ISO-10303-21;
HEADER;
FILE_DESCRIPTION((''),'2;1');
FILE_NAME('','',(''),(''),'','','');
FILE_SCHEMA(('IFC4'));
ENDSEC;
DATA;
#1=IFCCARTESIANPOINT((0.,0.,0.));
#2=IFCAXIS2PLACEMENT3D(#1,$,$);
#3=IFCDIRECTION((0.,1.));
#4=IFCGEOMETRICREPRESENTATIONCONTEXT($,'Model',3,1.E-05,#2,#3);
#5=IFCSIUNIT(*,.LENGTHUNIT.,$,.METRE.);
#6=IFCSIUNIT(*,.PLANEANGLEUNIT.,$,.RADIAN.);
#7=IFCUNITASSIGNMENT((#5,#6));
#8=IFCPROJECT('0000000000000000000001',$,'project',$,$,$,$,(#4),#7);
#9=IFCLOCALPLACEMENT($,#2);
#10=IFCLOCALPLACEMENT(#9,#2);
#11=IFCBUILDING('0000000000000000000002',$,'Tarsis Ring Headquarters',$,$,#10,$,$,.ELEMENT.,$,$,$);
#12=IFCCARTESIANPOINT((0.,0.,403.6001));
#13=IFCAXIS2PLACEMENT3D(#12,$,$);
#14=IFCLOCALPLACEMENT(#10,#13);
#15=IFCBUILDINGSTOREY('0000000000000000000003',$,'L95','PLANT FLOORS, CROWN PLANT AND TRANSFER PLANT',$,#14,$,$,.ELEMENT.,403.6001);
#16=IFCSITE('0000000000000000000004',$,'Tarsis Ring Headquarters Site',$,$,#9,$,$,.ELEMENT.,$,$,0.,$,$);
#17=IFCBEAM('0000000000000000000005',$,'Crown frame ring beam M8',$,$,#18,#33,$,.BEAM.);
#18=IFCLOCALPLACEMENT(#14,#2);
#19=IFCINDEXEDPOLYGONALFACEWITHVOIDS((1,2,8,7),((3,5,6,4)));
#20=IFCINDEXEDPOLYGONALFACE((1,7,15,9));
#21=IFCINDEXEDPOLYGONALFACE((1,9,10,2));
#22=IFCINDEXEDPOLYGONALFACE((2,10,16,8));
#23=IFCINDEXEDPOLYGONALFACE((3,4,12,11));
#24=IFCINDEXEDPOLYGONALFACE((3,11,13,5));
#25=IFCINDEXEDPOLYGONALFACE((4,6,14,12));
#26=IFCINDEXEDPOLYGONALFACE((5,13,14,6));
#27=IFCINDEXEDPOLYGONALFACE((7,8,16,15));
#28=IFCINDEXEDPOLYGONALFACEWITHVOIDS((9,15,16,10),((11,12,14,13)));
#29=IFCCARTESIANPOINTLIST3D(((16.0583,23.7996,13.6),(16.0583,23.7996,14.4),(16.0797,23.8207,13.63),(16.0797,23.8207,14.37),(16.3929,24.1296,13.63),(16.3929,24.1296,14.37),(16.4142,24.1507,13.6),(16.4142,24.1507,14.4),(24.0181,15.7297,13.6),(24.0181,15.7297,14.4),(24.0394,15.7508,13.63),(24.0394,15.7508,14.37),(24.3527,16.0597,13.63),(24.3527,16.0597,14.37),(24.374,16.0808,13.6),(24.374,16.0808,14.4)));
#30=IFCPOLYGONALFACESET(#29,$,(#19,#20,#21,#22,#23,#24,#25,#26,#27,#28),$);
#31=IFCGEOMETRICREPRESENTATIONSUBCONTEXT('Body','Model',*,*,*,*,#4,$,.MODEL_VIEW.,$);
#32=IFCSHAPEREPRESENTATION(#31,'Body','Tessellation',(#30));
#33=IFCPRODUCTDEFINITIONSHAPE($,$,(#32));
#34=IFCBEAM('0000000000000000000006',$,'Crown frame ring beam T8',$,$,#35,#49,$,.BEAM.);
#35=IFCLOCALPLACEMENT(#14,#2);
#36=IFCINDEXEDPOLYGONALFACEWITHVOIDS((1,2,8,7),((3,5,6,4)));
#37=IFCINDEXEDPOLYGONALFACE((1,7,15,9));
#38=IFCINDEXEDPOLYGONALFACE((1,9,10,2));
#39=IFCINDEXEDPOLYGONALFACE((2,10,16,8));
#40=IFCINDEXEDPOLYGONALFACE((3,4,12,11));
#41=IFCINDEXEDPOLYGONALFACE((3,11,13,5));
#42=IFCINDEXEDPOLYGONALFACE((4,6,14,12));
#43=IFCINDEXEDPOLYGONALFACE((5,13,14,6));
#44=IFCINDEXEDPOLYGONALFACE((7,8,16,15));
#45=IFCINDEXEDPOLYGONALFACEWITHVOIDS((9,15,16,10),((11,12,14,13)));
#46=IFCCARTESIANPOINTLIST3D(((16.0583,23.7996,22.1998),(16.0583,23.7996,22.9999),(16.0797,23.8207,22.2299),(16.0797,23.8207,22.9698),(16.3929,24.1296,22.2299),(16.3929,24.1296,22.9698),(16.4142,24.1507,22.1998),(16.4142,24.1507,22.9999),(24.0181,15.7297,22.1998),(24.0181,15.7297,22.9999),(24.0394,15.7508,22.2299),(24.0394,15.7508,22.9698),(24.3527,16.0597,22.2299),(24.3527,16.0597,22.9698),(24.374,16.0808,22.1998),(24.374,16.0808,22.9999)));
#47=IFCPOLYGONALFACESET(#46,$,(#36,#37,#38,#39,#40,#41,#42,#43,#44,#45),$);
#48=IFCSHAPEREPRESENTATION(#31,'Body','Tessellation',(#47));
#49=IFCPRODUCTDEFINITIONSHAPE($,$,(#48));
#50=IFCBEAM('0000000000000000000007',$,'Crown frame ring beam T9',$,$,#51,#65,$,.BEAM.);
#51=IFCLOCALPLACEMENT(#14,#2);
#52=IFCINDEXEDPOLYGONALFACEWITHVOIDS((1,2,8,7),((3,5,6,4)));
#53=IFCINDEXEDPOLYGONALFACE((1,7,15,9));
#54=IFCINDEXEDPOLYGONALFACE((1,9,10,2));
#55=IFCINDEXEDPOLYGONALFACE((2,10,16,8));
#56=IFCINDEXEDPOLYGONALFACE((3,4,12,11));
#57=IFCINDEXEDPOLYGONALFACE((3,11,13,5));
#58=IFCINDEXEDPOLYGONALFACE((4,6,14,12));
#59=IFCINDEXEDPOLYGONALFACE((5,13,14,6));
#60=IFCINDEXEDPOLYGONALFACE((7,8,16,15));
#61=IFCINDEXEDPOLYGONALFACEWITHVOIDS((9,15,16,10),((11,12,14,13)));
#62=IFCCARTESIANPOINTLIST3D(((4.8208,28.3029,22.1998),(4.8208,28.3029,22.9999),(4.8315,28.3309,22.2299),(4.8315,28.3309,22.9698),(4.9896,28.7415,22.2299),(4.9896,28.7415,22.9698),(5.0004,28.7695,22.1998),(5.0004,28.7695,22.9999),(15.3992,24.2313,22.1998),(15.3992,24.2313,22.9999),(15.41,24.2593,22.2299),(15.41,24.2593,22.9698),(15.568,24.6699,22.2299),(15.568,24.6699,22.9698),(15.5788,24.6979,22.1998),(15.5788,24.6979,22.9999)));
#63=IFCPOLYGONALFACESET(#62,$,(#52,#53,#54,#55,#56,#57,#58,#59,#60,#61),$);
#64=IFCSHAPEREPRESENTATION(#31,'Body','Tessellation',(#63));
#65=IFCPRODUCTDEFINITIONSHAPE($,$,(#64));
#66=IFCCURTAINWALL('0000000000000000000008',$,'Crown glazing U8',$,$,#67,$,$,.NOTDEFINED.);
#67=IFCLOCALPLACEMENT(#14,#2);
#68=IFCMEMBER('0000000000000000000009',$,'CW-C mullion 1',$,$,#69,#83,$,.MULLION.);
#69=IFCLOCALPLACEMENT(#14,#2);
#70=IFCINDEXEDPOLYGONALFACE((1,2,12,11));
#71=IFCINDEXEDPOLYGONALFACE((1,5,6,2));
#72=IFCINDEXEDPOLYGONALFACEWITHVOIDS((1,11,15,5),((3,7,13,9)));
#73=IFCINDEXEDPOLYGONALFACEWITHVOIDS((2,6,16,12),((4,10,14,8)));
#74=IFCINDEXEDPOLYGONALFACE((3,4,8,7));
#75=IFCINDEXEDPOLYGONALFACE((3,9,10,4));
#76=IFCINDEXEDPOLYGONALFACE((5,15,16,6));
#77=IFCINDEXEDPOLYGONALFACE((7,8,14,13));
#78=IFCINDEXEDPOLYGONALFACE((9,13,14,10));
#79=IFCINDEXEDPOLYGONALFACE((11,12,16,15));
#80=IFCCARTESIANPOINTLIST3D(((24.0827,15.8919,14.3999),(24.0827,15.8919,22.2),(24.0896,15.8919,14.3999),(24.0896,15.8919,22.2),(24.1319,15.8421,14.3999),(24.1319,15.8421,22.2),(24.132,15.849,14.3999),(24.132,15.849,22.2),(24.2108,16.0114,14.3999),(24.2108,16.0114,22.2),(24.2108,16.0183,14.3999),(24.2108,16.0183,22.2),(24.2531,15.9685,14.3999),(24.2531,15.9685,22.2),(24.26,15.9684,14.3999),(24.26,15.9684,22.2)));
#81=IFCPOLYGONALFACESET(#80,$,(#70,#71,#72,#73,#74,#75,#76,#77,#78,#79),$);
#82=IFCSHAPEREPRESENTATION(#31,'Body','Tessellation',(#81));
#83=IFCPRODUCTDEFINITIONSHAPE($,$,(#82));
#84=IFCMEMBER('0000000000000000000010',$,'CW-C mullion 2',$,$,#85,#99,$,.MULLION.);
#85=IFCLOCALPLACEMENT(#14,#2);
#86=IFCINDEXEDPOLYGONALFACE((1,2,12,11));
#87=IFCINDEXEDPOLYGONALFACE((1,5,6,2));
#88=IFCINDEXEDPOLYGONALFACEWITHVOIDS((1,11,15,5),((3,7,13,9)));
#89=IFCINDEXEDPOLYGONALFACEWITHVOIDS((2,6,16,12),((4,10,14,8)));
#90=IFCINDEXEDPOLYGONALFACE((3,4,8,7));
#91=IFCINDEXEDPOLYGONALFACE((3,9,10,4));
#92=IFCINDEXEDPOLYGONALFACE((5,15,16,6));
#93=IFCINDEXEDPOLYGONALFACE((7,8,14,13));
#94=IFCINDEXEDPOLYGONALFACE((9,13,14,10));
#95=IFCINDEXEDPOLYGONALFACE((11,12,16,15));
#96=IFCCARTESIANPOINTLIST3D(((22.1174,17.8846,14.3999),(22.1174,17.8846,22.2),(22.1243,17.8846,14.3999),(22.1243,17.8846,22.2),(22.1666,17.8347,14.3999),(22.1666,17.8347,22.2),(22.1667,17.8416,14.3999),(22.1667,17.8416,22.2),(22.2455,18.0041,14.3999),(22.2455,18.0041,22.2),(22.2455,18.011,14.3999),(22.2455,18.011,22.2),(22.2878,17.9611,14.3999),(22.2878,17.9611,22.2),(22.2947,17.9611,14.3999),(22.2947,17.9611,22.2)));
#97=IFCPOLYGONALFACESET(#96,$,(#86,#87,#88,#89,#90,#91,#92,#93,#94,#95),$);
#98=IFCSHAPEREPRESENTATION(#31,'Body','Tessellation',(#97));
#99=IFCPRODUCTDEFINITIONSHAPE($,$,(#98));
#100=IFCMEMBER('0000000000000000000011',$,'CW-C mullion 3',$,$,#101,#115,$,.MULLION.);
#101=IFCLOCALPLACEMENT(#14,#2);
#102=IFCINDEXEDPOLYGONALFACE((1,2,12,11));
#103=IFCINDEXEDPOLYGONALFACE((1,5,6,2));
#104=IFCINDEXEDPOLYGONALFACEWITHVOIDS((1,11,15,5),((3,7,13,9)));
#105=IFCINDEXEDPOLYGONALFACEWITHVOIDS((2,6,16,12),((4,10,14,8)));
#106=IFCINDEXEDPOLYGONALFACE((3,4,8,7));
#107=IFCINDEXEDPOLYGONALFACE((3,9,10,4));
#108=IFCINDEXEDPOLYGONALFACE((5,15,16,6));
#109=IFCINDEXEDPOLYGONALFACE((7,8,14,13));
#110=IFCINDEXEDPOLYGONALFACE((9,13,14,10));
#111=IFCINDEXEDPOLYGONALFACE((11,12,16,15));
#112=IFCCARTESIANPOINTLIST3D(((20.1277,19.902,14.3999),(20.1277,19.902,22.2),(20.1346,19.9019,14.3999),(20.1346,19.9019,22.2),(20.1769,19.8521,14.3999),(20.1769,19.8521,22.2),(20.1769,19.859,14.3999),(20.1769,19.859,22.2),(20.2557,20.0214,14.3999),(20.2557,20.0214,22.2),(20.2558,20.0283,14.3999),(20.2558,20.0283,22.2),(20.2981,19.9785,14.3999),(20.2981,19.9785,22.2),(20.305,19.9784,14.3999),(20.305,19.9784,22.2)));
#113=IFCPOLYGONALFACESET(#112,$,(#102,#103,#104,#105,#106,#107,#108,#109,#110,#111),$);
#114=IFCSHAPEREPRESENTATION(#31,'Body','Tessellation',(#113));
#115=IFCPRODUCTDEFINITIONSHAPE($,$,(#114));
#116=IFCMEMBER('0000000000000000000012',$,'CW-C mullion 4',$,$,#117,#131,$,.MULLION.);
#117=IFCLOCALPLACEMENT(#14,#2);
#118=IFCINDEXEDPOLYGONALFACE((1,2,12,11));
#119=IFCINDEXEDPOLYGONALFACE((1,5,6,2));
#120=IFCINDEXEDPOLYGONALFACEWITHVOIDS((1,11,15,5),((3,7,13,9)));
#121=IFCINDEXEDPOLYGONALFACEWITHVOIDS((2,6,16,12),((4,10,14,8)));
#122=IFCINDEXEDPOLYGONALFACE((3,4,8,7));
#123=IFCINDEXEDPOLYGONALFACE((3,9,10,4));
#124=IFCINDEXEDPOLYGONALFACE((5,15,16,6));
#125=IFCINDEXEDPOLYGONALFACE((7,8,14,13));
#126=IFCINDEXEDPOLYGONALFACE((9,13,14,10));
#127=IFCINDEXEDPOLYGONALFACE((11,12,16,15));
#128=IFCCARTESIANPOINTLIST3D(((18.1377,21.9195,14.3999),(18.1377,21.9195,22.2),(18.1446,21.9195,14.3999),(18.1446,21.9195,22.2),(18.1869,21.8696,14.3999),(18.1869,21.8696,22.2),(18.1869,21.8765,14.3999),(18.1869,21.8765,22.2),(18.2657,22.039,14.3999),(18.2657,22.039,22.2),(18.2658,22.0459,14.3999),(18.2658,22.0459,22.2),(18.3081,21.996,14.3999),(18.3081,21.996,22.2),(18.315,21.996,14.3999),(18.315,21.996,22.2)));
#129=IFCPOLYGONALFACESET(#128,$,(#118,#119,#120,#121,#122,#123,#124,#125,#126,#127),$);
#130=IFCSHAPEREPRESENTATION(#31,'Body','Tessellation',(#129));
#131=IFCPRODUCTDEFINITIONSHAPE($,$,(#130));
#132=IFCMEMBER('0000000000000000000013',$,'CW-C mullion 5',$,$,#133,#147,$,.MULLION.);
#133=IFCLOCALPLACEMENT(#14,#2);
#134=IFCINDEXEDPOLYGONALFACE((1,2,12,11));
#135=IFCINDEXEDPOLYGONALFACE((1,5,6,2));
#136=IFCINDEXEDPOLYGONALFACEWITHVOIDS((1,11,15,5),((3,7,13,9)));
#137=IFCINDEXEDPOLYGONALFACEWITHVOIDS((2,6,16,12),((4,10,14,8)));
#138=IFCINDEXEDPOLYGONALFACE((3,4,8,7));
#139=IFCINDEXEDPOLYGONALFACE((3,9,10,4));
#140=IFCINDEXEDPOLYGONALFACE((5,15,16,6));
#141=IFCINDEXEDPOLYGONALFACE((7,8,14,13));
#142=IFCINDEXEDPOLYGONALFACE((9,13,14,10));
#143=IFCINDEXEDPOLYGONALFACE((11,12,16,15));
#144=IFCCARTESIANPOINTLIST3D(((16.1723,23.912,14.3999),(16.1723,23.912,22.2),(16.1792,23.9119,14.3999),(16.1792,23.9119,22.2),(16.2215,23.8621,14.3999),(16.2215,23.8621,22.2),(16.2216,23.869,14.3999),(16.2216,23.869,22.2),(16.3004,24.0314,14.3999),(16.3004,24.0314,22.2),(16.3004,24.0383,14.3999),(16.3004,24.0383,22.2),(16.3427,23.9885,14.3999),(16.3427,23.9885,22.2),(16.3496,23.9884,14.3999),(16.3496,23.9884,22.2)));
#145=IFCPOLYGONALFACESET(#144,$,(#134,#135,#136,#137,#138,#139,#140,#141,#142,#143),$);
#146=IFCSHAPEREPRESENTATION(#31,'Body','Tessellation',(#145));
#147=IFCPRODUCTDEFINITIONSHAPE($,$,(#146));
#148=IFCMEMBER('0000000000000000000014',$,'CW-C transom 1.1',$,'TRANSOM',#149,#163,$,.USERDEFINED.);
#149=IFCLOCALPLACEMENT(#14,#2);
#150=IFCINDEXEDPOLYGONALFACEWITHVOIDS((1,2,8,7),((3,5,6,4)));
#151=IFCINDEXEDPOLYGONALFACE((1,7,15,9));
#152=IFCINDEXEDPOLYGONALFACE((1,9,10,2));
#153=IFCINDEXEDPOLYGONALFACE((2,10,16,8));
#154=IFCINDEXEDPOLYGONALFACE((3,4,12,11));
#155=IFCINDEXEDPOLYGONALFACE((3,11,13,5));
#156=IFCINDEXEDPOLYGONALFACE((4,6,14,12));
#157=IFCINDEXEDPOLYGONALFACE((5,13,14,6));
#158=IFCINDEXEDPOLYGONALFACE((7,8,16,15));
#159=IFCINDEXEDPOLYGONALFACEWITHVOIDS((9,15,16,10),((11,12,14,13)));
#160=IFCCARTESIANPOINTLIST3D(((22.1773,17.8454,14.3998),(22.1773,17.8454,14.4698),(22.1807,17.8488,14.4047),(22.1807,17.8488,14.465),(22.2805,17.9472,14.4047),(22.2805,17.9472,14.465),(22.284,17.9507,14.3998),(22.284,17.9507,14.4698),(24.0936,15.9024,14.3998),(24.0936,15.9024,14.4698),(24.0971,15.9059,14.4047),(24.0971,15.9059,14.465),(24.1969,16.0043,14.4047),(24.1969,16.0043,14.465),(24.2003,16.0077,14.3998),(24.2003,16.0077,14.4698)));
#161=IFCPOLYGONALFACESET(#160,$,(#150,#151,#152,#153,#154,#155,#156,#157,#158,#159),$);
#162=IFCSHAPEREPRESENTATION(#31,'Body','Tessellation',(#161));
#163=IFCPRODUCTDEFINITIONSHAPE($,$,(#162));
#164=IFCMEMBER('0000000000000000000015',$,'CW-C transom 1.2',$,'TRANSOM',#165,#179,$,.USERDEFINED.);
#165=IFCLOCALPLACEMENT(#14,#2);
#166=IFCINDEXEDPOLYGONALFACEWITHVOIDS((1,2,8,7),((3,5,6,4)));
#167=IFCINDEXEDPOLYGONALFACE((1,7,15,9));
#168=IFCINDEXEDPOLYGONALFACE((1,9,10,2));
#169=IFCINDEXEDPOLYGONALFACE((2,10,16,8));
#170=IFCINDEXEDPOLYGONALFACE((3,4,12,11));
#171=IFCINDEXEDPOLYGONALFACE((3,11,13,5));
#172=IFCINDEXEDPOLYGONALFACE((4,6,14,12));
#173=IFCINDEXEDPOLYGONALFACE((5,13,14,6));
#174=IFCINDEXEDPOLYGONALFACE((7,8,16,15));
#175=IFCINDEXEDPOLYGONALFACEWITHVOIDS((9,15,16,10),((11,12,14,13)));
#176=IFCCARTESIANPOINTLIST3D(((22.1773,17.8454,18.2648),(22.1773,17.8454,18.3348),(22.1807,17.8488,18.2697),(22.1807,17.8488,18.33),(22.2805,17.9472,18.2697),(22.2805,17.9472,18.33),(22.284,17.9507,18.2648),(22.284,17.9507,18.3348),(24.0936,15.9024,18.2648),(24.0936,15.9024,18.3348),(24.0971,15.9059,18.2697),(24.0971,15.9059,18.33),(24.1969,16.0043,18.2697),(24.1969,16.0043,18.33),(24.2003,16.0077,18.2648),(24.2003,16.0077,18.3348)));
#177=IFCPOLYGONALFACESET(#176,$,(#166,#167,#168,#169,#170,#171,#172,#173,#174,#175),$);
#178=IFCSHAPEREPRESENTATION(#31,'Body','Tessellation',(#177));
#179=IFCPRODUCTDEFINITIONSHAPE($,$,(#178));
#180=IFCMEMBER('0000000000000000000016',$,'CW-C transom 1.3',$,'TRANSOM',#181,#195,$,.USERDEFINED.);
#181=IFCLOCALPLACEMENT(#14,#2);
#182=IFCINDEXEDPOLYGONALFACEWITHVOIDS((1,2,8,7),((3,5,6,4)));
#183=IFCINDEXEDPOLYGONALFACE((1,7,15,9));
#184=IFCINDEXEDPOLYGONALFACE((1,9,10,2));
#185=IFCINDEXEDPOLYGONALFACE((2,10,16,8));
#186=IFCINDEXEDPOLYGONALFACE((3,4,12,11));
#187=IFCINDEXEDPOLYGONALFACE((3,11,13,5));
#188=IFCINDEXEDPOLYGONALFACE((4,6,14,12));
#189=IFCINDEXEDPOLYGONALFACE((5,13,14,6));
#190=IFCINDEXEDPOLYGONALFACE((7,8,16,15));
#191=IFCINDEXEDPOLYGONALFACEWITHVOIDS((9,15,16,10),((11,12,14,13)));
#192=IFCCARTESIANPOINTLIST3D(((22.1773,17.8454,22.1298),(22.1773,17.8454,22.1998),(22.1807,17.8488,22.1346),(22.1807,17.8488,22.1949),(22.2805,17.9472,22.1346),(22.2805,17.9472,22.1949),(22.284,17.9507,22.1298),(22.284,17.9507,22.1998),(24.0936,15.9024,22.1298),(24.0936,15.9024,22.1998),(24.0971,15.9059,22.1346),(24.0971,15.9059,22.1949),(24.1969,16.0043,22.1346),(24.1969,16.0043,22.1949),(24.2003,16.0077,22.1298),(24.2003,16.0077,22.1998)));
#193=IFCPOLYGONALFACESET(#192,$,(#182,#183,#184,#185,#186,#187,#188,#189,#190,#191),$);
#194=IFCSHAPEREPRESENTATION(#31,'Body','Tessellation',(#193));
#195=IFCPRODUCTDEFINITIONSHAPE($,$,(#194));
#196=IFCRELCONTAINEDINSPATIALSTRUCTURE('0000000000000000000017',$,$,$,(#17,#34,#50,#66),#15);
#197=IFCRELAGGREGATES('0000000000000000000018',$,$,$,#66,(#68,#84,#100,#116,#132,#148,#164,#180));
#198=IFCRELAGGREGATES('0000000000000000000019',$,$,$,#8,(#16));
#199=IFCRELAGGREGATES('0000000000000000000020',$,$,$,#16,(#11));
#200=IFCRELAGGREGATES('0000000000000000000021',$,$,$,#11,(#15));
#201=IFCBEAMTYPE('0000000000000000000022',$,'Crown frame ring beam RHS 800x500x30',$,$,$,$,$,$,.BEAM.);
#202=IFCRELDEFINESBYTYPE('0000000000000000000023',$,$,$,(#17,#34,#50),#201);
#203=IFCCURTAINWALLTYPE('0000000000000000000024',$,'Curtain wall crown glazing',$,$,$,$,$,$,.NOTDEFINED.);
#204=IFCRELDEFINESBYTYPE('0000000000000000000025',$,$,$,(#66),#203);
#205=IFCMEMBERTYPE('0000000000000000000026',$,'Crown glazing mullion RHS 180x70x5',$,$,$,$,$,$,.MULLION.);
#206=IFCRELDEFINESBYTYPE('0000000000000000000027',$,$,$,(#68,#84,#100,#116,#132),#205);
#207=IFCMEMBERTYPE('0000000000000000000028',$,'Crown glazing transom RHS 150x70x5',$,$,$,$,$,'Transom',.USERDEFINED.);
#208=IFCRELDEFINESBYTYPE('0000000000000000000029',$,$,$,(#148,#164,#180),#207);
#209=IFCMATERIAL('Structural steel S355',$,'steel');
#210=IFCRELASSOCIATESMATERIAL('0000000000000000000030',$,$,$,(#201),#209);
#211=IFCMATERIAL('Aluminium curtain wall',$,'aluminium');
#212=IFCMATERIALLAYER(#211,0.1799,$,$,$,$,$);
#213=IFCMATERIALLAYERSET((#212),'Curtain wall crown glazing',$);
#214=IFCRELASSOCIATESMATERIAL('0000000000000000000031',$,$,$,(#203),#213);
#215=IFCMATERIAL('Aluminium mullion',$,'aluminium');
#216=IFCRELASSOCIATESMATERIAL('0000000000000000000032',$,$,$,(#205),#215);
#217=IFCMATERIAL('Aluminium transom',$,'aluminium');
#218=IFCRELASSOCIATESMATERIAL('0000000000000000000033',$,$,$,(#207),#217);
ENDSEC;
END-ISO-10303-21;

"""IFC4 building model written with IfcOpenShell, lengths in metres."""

from ifc_helpers import new_model, si_unit, direction, frame, origin, origin_2d, place, context, subcontext, project, spatial, hollow_rectangle, extrude, material, layer, layer_set, material_profile, profile_set, type_object, element, aggregate, save


model = new_model("IFC4")

# Units and contexts
model_context = context("Model", 3, precision=1e-05, world=origin(), true_north=direction((0.0, 1.0)))
body_context = subcontext(model_context, "Body", "Model", "MODEL_VIEW")
ifc_project = project(units=[si_unit("LENGTHUNIT", "METRE"), si_unit("PLANEANGLEUNIT", "RADIAN")], contexts=[model_context])

# Site, building, storey
site_placement = place(None, origin())
site = spatial("IfcSite", under=ifc_project, at=site_placement, Name="Tarsis Ring Headquarters Site", CompositionType="ELEMENT", RefElevation=0.0)
building_placement = place(site_placement, origin())
building = spatial("IfcBuilding", under=site, at=building_placement, Name="Tarsis Ring Headquarters", CompositionType="ELEMENT")
storey_placement = place(building_placement, frame((0.0, 0.0, 403.6001)))
storey = spatial("IfcBuildingStorey", under=building, at=storey_placement, Name="L95", Description="PLANT FLOORS, CROWN PLANT AND TRANSFER PLANT", CompositionType="ELEMENT", Elevation=403.6001)

# Beams
ifc_material_1 = material(Name="Structural steel S355", Category="steel")
ifc_material_profile_1 = material_profile(ifc_material_1, hollow_rectangle(XDim=0.5, YDim=0.8, WallThickness=0.03, at=origin_2d()), Name="RHS 800x500x30")
ifc_profile_set_1 = profile_set([ifc_material_profile_1], Name="Structural steel S355")
beam_type = type_object("IfcBeamType", Name="Crown frame ring beam RHS 800x500x30", PredefinedType="BEAM", material=ifc_profile_set_1)
for number, where, z_axis, x_axis, name in (
    (1, (24.196, 15.9053, 14.0), (-0.702233, 0.711947, 0.0), (-0.711947, -0.702233, 0.0), "Crown frame ring beam M8"),
    (2, (24.196, 15.9053, 22.5999), (-0.702233, 0.711947, 0.0), (-0.711947, -0.702233, 0.0), "Crown frame ring beam T8"),
    (3, (15.489, 24.4646, 22.5999), (-0.933259, 0.359204, 0.0), (-0.359204, -0.933259, 0.0), "Crown frame ring beam T9"),
):
    element("IfcBeam", number, at=place(storey_placement, frame(where, z_axis=z_axis, x_axis=x_axis)), inside=storey, type_object=beam_type, Name=name, PredefinedType="BEAM", context=body_context, shape_type="SweptSolid", body=[
        extrude(hollow_rectangle(XDim=0.5, YDim=0.8, WallThickness=0.03, at=origin_2d()), origin(), (0.0, 0.0, 1.0), 11.335),
    ])

# Curtain wall, members
ifc_material_2 = material(Name="Aluminium curtain wall", Category="aluminium")
ifc_layer_1 = layer(ifc_material_2, 0.1799)
ifc_layer_set_1 = layer_set([ifc_layer_1], Name="Curtain wall crown glazing")
curtain_wall_type = type_object("IfcCurtainWallType", Name="Curtain wall crown glazing", PredefinedType="NOTDEFINED", material=ifc_layer_set_1)
curtain_wall_placement = place(storey_placement, origin())
curtain_wall = element("IfcCurtainWall", 4, at=curtain_wall_placement, inside=storey, type_object=curtain_wall_type, Name="Crown glazing U8", PredefinedType="NOTDEFINED")
ifc_material_3 = material(Name="Aluminium mullion", Category="aluminium")
ifc_material_profile_2 = material_profile(ifc_material_3, hollow_rectangle(XDim=0.1799, YDim=0.0701, WallThickness=0.0049, at=origin_2d()), Name="RHS 180x70x5")
ifc_profile_set_2 = profile_set([ifc_material_profile_2], Name="Aluminium mullion")
member_type_1 = type_object("IfcMemberType", Name="Crown glazing mullion RHS 180x70x5", PredefinedType="MULLION", material=ifc_profile_set_2)
member_1_placement = place(storey_placement, frame((24.1714, 15.9302, 14.3999), z_axis=(0.0, 0.0, 1.0), x_axis=(-0.711949, -0.702231, 0.0)))
member_1 = element("IfcMember", 5, at=member_1_placement, type_object=member_type_1, Name="CW-C mullion 1", PredefinedType="MULLION", context=body_context, shape_type="SweptSolid", body=[
    extrude(hollow_rectangle(XDim=0.1799, YDim=0.0701, WallThickness=0.0049, at=origin_2d()), origin(), (0.0, 0.0, 1.0), 7.8),
])
member_2_placement = place(storey_placement, frame((22.2061, 17.9229, 14.3999), z_axis=(0.0, 0.0, 1.0), x_axis=(-0.711949, -0.702231, 0.0)))
member_2 = element("IfcMember", 6, at=member_2_placement, type_object=member_type_1, Name="CW-C mullion 2", PredefinedType="MULLION", context=body_context, shape_type="SweptSolid", body=[
    extrude(hollow_rectangle(XDim=0.1799, YDim=0.0701, WallThickness=0.0049, at=origin_2d()), origin(), (0.0, 0.0, 1.0), 7.8),
])
member_3_placement = place(storey_placement, frame((20.2163, 19.9402, 14.3999), z_axis=(0.0, 0.0, 1.0), x_axis=(-0.711949, -0.702231, 0.0)))
member_3 = element("IfcMember", 7, at=member_3_placement, type_object=member_type_1, Name="CW-C mullion 3", PredefinedType="MULLION", context=body_context, shape_type="SweptSolid", body=[
    extrude(hollow_rectangle(XDim=0.1799, YDim=0.0701, WallThickness=0.0049, at=origin_2d()), origin(), (0.0, 0.0, 1.0), 7.8),
])
member_4_placement = place(storey_placement, frame((18.2263, 21.9578, 14.3999), z_axis=(0.0, 0.0, 1.0), x_axis=(-0.711949, -0.702231, 0.0)))
member_4 = element("IfcMember", 8, at=member_4_placement, type_object=member_type_1, Name="CW-C mullion 4", PredefinedType="MULLION", context=body_context, shape_type="SweptSolid", body=[
    extrude(hollow_rectangle(XDim=0.1799, YDim=0.0701, WallThickness=0.0049, at=origin_2d()), origin(), (0.0, 0.0, 1.0), 7.8),
])
member_5_placement = place(storey_placement, frame((16.261, 23.9502, 14.3999), z_axis=(0.0, 0.0, 1.0), x_axis=(-0.711949, -0.702231, 0.0)))
member_5 = element("IfcMember", 9, at=member_5_placement, type_object=member_type_1, Name="CW-C mullion 5", PredefinedType="MULLION", context=body_context, shape_type="SweptSolid", body=[
    extrude(hollow_rectangle(XDim=0.1799, YDim=0.0701, WallThickness=0.0049, at=origin_2d()), origin(), (0.0, 0.0, 1.0), 7.8),
])
ifc_material_4 = material(Name="Aluminium transom", Category="aluminium")
ifc_material_profile_3 = material_profile(ifc_material_4, hollow_rectangle(XDim=0.1499, YDim=0.0701, WallThickness=0.0049, at=origin_2d()), Name="RHS 150x70x5")
ifc_profile_set_3 = profile_set([ifc_material_profile_3], Name="Aluminium transom")
member_type_2 = type_object("IfcMemberType", Name="Crown glazing transom RHS 150x70x5", ElementType="Transom", PredefinedType="USERDEFINED", material=ifc_profile_set_3)
member_6_placement = place(storey_placement, frame((24.147, 15.9551, 14.4348), z_axis=(-0.702214, 0.711966, 0.0), x_axis=(-0.711966, -0.702214, 0.0)))
member_6 = element("IfcMember", 10, at=member_6_placement, type_object=member_type_2, Name="CW-C transom 1.1", ObjectType="TRANSOM", PredefinedType="USERDEFINED", context=body_context, shape_type="SweptSolid", body=[
    extrude(hollow_rectangle(XDim=0.1499, YDim=0.0701, WallThickness=0.0049, at=origin_2d()), origin(), (0.0, 0.0, 1.0), 2.729),
])
member_7_placement = place(storey_placement, frame((24.147, 15.9551, 18.2998), z_axis=(-0.702214, 0.711966, 0.0), x_axis=(-0.711966, -0.702214, 0.0)))
member_7 = element("IfcMember", 11, at=member_7_placement, type_object=member_type_2, Name="CW-C transom 1.2", ObjectType="TRANSOM", PredefinedType="USERDEFINED", context=body_context, shape_type="SweptSolid", body=[
    extrude(hollow_rectangle(XDim=0.1499, YDim=0.0701, WallThickness=0.0049, at=origin_2d()), origin(), (0.0, 0.0, 1.0), 2.729),
])
member_8_placement = place(storey_placement, frame((24.147, 15.9551, 22.1648), z_axis=(-0.702214, 0.711966, 0.0), x_axis=(-0.711966, -0.702214, 0.0)))
member_8 = element("IfcMember", 12, at=member_8_placement, type_object=member_type_2, Name="CW-C transom 1.3", ObjectType="TRANSOM", PredefinedType="USERDEFINED", context=body_context, shape_type="SweptSolid", body=[
    extrude(hollow_rectangle(XDim=0.1499, YDim=0.0701, WallThickness=0.0049, at=origin_2d()), origin(), (0.0, 0.0, 1.0), 2.729),
])
aggregate(curtain_wall, [member_1, member_2, member_3, member_4, member_5, member_6, member_7, member_8])

save(model, "model.ifc")
